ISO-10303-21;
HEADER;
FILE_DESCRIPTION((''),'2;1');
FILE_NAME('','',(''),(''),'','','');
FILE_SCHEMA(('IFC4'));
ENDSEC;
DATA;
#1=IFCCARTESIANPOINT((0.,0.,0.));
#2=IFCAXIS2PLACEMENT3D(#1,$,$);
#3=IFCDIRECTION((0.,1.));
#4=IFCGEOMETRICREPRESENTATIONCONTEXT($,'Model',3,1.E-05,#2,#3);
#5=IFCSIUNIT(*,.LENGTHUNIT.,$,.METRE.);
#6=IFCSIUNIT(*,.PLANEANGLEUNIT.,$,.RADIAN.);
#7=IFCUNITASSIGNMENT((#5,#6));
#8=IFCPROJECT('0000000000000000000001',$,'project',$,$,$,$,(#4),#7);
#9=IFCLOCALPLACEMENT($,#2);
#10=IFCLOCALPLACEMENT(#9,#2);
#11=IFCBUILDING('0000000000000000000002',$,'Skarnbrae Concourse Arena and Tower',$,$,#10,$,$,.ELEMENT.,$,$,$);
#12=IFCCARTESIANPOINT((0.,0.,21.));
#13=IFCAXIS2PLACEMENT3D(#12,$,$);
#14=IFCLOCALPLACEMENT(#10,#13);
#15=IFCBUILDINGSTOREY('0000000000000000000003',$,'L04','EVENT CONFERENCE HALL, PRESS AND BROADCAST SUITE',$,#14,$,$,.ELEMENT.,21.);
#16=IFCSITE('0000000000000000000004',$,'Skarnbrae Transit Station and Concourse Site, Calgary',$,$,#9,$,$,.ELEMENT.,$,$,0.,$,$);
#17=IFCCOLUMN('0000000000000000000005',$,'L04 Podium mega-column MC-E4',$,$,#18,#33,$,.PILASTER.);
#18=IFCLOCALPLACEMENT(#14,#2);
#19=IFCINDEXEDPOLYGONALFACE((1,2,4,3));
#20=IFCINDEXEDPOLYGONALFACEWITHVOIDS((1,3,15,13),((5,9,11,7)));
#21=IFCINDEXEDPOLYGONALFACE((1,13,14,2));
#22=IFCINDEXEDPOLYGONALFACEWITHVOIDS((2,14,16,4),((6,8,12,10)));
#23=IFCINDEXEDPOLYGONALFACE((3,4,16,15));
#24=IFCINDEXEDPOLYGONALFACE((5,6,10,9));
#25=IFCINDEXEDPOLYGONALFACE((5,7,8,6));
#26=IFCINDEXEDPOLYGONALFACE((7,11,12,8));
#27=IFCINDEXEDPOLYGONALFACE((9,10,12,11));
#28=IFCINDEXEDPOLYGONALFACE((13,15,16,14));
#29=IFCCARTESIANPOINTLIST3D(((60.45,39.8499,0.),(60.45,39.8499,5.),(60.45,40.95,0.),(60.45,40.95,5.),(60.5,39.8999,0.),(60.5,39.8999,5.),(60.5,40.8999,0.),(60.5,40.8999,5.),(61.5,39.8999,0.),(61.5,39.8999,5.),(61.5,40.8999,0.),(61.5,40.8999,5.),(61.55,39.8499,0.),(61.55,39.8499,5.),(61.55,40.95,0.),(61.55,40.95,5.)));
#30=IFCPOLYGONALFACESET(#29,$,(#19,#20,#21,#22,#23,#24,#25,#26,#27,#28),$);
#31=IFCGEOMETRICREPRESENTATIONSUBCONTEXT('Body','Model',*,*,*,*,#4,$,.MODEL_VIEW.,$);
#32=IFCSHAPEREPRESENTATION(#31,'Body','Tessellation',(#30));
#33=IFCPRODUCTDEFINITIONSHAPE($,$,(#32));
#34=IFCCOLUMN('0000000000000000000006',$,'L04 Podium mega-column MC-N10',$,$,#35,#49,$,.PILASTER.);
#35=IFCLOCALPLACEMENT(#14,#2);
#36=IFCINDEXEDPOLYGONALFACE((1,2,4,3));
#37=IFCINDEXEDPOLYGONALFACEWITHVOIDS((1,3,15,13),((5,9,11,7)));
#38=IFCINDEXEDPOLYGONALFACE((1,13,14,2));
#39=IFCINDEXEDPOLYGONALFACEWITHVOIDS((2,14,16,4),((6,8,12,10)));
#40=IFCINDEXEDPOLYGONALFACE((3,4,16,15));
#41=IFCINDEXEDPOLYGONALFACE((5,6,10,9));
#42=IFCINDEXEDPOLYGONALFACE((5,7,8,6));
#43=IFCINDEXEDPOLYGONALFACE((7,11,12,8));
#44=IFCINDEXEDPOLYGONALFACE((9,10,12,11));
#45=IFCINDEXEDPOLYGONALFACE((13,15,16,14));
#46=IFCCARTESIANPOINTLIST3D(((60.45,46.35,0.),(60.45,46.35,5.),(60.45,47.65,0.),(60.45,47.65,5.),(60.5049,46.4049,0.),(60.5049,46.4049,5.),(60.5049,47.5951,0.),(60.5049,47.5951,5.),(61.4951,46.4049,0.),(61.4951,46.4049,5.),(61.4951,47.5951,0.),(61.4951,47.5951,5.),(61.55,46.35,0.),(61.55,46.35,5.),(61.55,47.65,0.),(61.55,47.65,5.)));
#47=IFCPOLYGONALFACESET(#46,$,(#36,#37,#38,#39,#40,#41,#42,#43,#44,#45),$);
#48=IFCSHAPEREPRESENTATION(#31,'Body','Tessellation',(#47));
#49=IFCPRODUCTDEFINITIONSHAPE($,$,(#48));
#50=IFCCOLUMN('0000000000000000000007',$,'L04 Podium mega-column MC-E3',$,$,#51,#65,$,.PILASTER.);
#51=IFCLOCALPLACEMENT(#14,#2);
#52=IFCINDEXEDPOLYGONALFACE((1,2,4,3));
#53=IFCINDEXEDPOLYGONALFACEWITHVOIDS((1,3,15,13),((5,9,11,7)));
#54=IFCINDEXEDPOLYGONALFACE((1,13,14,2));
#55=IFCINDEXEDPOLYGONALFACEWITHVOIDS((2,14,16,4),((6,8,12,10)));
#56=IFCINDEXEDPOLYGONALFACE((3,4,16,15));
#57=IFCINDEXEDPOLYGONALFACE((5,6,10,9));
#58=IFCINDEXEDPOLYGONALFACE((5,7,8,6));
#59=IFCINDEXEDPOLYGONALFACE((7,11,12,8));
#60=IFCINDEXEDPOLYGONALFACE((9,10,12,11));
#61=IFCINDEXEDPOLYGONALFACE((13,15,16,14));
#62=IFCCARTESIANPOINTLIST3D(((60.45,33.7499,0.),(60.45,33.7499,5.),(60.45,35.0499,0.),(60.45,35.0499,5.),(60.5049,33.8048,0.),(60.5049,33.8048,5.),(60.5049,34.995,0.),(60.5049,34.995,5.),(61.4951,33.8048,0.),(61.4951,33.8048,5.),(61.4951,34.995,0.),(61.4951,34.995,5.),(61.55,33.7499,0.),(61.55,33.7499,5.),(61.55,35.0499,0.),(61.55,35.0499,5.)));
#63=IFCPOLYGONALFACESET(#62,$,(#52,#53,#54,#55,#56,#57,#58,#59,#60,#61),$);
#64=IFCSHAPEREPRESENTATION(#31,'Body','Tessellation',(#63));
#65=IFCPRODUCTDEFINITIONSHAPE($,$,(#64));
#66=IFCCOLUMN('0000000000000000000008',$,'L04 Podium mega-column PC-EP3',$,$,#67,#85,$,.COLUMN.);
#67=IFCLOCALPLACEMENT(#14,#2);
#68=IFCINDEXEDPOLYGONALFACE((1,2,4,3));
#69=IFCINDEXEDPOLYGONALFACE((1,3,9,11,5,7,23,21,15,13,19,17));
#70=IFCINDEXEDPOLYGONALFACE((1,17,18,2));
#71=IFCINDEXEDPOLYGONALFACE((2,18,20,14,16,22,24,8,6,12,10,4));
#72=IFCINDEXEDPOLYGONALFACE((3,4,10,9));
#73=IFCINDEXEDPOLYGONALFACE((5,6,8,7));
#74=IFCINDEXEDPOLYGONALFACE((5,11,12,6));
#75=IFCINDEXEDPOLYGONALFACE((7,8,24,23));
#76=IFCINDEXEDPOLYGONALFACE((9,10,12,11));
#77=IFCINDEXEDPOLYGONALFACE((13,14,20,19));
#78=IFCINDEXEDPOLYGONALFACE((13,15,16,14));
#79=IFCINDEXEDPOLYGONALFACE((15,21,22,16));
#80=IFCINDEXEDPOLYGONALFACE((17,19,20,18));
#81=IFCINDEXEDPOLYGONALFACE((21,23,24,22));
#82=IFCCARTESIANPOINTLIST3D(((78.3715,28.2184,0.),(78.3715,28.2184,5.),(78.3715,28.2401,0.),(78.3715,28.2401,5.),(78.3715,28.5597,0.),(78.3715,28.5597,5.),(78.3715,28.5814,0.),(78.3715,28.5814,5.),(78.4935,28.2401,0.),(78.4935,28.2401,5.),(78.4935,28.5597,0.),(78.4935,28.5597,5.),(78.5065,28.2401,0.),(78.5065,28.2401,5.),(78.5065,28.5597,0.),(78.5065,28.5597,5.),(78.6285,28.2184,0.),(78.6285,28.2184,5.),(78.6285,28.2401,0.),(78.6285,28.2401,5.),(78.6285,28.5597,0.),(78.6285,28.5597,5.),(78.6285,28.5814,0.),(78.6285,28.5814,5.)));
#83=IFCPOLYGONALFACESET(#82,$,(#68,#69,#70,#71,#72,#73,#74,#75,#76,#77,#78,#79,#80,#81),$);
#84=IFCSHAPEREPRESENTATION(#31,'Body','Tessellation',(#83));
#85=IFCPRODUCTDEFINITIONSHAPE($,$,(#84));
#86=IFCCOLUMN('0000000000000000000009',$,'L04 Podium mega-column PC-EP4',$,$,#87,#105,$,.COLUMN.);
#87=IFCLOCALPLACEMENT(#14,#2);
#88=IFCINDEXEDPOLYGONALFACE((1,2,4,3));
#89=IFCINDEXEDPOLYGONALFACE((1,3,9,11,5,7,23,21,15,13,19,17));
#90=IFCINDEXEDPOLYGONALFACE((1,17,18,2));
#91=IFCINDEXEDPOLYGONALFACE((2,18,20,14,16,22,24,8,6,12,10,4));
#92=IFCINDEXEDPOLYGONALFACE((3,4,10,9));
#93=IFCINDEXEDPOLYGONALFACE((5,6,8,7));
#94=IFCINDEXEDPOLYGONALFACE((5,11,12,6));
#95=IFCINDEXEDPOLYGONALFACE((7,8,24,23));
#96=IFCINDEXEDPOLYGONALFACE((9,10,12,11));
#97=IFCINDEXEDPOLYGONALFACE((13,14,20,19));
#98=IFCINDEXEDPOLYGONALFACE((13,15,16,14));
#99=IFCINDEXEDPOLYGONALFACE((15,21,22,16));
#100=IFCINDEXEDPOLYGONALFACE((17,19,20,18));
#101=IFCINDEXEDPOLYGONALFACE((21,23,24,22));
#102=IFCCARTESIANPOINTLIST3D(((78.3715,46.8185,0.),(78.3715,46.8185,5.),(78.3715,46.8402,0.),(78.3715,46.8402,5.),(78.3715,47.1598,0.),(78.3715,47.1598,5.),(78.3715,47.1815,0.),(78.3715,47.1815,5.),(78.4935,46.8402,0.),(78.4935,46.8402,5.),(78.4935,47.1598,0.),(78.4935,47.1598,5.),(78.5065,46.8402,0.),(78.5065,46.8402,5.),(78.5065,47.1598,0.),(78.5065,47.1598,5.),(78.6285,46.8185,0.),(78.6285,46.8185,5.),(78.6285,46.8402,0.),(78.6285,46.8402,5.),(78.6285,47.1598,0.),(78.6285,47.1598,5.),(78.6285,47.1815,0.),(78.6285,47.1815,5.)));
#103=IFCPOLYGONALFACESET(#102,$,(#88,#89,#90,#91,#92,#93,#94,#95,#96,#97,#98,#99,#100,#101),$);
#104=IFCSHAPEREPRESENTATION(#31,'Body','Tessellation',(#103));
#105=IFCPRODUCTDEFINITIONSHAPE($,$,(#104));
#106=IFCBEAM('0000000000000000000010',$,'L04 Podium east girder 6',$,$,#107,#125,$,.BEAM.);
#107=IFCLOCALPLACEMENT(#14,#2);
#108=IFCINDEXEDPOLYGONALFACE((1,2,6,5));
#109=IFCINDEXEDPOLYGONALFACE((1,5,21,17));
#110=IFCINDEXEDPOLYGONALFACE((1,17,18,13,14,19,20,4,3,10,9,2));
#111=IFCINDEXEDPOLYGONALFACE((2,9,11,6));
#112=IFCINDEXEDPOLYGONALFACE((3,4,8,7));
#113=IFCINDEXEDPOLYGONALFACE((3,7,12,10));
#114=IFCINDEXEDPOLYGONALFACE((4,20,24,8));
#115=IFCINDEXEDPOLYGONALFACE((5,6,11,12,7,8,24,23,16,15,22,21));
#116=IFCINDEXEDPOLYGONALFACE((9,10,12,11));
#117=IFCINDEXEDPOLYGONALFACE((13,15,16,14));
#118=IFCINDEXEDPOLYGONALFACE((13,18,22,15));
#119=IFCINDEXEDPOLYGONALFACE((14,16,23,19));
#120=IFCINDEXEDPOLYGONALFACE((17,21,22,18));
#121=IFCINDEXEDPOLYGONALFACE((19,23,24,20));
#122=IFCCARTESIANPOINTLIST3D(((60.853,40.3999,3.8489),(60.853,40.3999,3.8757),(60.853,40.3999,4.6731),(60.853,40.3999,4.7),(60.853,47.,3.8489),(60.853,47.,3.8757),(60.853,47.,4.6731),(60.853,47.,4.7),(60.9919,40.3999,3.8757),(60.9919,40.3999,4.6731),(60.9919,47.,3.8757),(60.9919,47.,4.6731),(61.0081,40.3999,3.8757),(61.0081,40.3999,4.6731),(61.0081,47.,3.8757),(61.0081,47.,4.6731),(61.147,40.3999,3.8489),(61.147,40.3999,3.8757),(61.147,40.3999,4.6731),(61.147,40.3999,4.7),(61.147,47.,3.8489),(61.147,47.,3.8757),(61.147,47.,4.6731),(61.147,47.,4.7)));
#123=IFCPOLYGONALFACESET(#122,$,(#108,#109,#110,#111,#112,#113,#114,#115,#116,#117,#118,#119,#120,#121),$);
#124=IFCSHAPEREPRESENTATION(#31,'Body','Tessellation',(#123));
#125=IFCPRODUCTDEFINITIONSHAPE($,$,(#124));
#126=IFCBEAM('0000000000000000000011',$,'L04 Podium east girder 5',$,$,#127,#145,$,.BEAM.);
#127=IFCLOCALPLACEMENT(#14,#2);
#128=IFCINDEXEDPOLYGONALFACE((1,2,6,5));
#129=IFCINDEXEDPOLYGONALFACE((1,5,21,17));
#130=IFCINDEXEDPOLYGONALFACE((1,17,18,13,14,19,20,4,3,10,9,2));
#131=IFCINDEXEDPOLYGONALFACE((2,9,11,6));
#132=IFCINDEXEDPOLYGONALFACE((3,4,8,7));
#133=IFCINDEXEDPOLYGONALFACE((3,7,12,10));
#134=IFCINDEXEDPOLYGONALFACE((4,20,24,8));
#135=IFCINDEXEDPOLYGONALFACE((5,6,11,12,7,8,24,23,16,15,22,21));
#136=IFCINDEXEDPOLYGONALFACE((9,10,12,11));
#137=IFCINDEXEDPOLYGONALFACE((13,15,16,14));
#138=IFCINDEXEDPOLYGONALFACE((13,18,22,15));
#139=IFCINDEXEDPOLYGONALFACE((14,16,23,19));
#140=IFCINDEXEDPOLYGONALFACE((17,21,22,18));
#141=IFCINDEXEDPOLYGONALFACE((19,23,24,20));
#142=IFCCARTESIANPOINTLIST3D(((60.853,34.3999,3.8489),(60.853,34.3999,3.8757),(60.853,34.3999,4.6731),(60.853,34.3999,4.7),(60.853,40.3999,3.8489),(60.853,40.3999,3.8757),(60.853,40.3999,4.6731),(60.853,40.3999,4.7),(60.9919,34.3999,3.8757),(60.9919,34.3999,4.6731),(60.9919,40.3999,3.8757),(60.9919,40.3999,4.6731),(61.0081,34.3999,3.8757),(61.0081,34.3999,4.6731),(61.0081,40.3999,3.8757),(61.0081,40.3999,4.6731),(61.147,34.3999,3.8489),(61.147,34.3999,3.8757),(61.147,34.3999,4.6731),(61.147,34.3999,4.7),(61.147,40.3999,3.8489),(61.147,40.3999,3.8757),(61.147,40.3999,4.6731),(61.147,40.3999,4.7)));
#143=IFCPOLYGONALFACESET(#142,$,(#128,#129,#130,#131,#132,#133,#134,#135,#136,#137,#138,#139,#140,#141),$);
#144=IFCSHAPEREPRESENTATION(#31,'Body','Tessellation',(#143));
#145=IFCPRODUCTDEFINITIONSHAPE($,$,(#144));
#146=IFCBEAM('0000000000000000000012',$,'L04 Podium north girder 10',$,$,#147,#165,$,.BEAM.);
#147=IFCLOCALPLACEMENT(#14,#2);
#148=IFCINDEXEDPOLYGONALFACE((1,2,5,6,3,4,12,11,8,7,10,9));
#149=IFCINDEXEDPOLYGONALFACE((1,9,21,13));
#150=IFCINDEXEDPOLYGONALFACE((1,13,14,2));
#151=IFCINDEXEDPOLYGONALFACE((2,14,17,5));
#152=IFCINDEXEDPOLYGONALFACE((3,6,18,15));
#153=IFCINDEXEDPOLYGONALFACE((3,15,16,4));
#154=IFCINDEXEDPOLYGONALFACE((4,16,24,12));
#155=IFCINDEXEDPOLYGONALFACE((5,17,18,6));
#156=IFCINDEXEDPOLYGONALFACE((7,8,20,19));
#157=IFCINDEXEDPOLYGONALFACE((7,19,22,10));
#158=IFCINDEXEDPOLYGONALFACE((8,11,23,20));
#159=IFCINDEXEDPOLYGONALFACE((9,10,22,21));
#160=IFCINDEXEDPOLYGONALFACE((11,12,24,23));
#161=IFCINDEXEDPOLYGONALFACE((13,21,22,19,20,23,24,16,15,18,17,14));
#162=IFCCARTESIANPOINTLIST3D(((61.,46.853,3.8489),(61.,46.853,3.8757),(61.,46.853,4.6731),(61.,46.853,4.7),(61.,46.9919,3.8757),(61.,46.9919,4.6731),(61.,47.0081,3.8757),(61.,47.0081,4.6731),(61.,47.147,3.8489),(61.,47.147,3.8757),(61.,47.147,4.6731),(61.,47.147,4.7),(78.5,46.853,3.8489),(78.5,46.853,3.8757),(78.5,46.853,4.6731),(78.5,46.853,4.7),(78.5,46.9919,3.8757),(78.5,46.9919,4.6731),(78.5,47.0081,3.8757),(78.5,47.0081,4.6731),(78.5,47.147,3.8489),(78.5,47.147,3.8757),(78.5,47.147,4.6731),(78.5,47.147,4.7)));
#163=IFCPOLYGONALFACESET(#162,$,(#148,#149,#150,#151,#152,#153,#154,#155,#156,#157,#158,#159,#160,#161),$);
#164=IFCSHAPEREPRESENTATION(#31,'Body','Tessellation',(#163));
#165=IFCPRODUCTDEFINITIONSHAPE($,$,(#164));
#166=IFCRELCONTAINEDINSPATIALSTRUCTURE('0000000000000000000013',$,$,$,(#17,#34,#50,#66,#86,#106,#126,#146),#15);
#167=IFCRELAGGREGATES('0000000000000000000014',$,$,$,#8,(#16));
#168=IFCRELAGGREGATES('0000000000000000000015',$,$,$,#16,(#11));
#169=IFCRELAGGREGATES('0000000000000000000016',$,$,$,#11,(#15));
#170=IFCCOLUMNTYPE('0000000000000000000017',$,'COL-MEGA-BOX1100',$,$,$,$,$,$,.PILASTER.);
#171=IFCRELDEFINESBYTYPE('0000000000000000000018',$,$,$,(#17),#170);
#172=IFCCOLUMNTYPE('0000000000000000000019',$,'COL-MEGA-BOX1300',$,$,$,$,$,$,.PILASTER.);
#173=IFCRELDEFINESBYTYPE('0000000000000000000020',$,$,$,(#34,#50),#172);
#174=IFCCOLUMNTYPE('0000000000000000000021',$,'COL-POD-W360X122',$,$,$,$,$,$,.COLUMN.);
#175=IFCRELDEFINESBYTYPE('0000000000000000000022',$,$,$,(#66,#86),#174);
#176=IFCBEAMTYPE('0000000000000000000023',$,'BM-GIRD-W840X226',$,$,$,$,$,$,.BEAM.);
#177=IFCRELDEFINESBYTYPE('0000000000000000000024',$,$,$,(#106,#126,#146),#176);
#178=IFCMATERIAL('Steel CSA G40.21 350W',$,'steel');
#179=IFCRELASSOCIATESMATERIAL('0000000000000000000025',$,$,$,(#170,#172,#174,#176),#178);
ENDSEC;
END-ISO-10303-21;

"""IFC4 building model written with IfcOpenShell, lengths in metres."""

from ifc_helpers import new_model, si_unit, direction, frame, origin, origin_2d, place, context, subcontext, project, spatial, hollow_rectangle, i_section, extrude, source, transform, mapped, material, material_profile, profile_set, type_object, element, save


model = new_model("IFC4")

# Units and contexts
model_context = context("Model", 3, precision=1e-05, world=origin(), true_north=direction((0.0, 1.0)))
body_context = subcontext(model_context, "Body", "Model", "MODEL_VIEW")
ifc_project = project(units=[si_unit("LENGTHUNIT", "METRE"), si_unit("PLANEANGLEUNIT", "RADIAN")], contexts=[model_context])

# Site, building, storey
site_placement = place(None, origin())
site = spatial("IfcSite", under=ifc_project, at=site_placement, Name="Skarnbrae Transit Station and Concourse Site, Calgary", CompositionType="ELEMENT", RefElevation=0.0)
building_placement = place(site_placement, origin())
building = spatial("IfcBuilding", under=site, at=building_placement, Name="Skarnbrae Concourse Arena and Tower", CompositionType="ELEMENT")
storey_placement = place(building_placement, frame((0.0, 0.0, 21.0)))
storey = spatial("IfcBuildingStorey", under=building, at=storey_placement, Name="L04", Description="EVENT CONFERENCE HALL, PRESS AND BROADCAST SUITE", CompositionType="ELEMENT", Elevation=21.0)

# Columns
ifc_material_1 = material(Name="Steel CSA G40.21 350W", Category="steel")
ifc_material_profile_1 = material_profile(ifc_material_1, hollow_rectangle(XDim=1.1001, YDim=1.1001, WallThickness=0.05, at=origin_2d()), Name="BOX1100X1100X50")
ifc_profile_set_1 = profile_set([ifc_material_profile_1], Name="Steel CSA G40.21 350W")
column_type_1 = type_object("IfcColumnType", Name="COL-MEGA-BOX1100", PredefinedType="PILASTER", material=ifc_profile_set_1)
shared_shape_1 = source(origin(), body_context, "Body", "SweptSolid", [
    extrude(hollow_rectangle(XDim=1.1001, YDim=1.1001, WallThickness=0.05, at=origin_2d()), origin(), (0.0, 0.0, 1.0), 5.0),
])
column_placement = place(storey_placement, frame((61.0, 40.3999, 0.0), z_axis=(0.0, 0.0, 1.0), x_axis=(1.0, 0.0, 0.0)))
element("IfcColumn", 1, at=column_placement, inside=storey, type_object=column_type_1, Name="L04 Podium mega-column MC-E4", PredefinedType="PILASTER", context=body_context, shape_type="MappedRepresentation", body=[
    mapped(shared_shape_1, transform((0.0, 0.0, 0.0))),
])
ifc_material_profile_2 = material_profile(ifc_material_1, hollow_rectangle(XDim=1.1001, YDim=1.3, WallThickness=0.0549, at=origin_2d()), Name="BOX1300X1100X55")
ifc_profile_set_2 = profile_set([ifc_material_profile_2], Name="Steel CSA G40.21 350W")
column_type_2 = type_object("IfcColumnType", Name="COL-MEGA-BOX1300", PredefinedType="PILASTER", material=ifc_profile_set_2)
shared_shape_2 = source(origin(), body_context, "Body", "SweptSolid", [
    extrude(hollow_rectangle(XDim=1.1001, YDim=1.3, WallThickness=0.0549, at=origin_2d()), origin(), (0.0, 0.0, 1.0), 5.0),
])
for number, where, z_axis, x_axis, name in (
    (2, (61.0, 47.0, 0.0), (0.0, 0.0, 1.0), (1.0, 0.0, 0.0), "L04 Podium mega-column MC-N10"),
    (3, (61.0, 34.3999, 0.0), (0.0, 0.0, 1.0), (1.0, 0.0, 0.0), "L04 Podium mega-column MC-E3"),
):
    element("IfcColumn", number, at=place(storey_placement, frame(where, z_axis=z_axis, x_axis=x_axis)), inside=storey, type_object=column_type_2, Name=name, PredefinedType="PILASTER", context=body_context, shape_type="MappedRepresentation", body=[
        mapped(shared_shape_2, transform((0.0, 0.0, 0.0))),
    ])
ifc_material_profile_3 = material_profile(ifc_material_1, i_section(OverallWidth=0.2571, OverallDepth=0.363, WebThickness=0.0129, FlangeThickness=0.0217, at=origin_2d()), Name="W360X122")
ifc_profile_set_3 = profile_set([ifc_material_profile_3], Name="Steel CSA G40.21 350W")
column_type_3 = type_object("IfcColumnType", Name="COL-POD-W360X122", PredefinedType="COLUMN", material=ifc_profile_set_3)
shared_shape_3 = source(origin(), body_context, "Body", "SweptSolid", [
    extrude(i_section(OverallWidth=0.2571, OverallDepth=0.363, WebThickness=0.0129, FlangeThickness=0.0217, at=origin_2d()), origin(), (0.0, 0.0, 1.0), 5.0),
])
for number, where, z_axis, x_axis, name in (
    (4, (78.5, 28.3999, 0.0), (0.0, 0.0, 1.0), (1.0, 0.0, 0.0), "L04 Podium mega-column PC-EP3"),
    (5, (78.5, 47.0, 0.0), (0.0, 0.0, 1.0), (1.0, 0.0, 0.0), "L04 Podium mega-column PC-EP4"),
):
    element("IfcColumn", number, at=place(storey_placement, frame(where, z_axis=z_axis, x_axis=x_axis)), inside=storey, type_object=column_type_3, Name=name, PredefinedType="COLUMN", context=body_context, shape_type="MappedRepresentation", body=[
        mapped(shared_shape_3, transform((0.0, 0.0, 0.0))),
    ])

# Beams
ifc_material_profile_4 = material_profile(ifc_material_1, i_section(OverallWidth=0.2939, OverallDepth=0.8511, WebThickness=0.0161, FlangeThickness=0.0269, at=origin_2d()), Name="W840X226")
ifc_profile_set_4 = profile_set([ifc_material_profile_4], Name="Steel CSA G40.21 350W")
beam_type_1 = type_object("IfcBeamType", Name="BM-GIRD-W840X226", PredefinedType="BEAM", material=ifc_profile_set_4)
shared_shape_4 = source(origin(), body_context, "Body", "SweptSolid", [
    extrude(i_section(OverallWidth=0.2939, OverallDepth=0.8511, WebThickness=0.0161, FlangeThickness=0.0269, at=origin_2d()), origin(), (0.0, 0.0, 1.0), 6.6001),
])
beam_1_placement = place(storey_placement, frame((61.0, 40.3999, 4.2744), z_axis=(0.0, 1.0, 0.0), x_axis=(-1.0, 0.0, 0.0)))
element("IfcBeam", 6, at=beam_1_placement, inside=storey, type_object=beam_type_1, Name="L04 Podium east girder 6", PredefinedType="BEAM", context=body_context, shape_type="MappedRepresentation", body=[
    mapped(shared_shape_4, transform((0.0, 0.0, 0.0))),
])
shared_shape_5 = source(origin(), body_context, "Body", "SweptSolid", [
    extrude(i_section(OverallWidth=0.2939, OverallDepth=0.8511, WebThickness=0.0161, FlangeThickness=0.0269, at=origin_2d()), origin(), (0.0, 0.0, 1.0), 6.0),
])
beam_2_placement = place(storey_placement, frame((61.0, 34.3999, 4.2744), z_axis=(0.0, 1.0, 0.0), x_axis=(-1.0, 0.0, 0.0)))
element("IfcBeam", 7, at=beam_2_placement, inside=storey, type_object=beam_type_1, Name="L04 Podium east girder 5", PredefinedType="BEAM", context=body_context, shape_type="MappedRepresentation", body=[
    mapped(shared_shape_5, transform((0.0, 0.0, 0.0))),
])
shared_shape_6 = source(origin(), body_context, "Body", "SweptSolid", [
    extrude(i_section(OverallWidth=0.2939, OverallDepth=0.8511, WebThickness=0.0161, FlangeThickness=0.0269, at=origin_2d()), origin(), (0.0, 0.0, 1.0), 17.5),
])
beam_3_placement = place(storey_placement, frame((61.0, 47.0, 4.2744), z_axis=(1.0, 0.0, 0.0), x_axis=(0.0, 1.0, 0.0)))
element("IfcBeam", 8, at=beam_3_placement, inside=storey, type_object=beam_type_1, Name="L04 Podium north girder 10", PredefinedType="BEAM", context=body_context, shape_type="MappedRepresentation", body=[
    mapped(shared_shape_6, transform((0.0, 0.0, 0.0))),
])

save(model, "model.ifc")
